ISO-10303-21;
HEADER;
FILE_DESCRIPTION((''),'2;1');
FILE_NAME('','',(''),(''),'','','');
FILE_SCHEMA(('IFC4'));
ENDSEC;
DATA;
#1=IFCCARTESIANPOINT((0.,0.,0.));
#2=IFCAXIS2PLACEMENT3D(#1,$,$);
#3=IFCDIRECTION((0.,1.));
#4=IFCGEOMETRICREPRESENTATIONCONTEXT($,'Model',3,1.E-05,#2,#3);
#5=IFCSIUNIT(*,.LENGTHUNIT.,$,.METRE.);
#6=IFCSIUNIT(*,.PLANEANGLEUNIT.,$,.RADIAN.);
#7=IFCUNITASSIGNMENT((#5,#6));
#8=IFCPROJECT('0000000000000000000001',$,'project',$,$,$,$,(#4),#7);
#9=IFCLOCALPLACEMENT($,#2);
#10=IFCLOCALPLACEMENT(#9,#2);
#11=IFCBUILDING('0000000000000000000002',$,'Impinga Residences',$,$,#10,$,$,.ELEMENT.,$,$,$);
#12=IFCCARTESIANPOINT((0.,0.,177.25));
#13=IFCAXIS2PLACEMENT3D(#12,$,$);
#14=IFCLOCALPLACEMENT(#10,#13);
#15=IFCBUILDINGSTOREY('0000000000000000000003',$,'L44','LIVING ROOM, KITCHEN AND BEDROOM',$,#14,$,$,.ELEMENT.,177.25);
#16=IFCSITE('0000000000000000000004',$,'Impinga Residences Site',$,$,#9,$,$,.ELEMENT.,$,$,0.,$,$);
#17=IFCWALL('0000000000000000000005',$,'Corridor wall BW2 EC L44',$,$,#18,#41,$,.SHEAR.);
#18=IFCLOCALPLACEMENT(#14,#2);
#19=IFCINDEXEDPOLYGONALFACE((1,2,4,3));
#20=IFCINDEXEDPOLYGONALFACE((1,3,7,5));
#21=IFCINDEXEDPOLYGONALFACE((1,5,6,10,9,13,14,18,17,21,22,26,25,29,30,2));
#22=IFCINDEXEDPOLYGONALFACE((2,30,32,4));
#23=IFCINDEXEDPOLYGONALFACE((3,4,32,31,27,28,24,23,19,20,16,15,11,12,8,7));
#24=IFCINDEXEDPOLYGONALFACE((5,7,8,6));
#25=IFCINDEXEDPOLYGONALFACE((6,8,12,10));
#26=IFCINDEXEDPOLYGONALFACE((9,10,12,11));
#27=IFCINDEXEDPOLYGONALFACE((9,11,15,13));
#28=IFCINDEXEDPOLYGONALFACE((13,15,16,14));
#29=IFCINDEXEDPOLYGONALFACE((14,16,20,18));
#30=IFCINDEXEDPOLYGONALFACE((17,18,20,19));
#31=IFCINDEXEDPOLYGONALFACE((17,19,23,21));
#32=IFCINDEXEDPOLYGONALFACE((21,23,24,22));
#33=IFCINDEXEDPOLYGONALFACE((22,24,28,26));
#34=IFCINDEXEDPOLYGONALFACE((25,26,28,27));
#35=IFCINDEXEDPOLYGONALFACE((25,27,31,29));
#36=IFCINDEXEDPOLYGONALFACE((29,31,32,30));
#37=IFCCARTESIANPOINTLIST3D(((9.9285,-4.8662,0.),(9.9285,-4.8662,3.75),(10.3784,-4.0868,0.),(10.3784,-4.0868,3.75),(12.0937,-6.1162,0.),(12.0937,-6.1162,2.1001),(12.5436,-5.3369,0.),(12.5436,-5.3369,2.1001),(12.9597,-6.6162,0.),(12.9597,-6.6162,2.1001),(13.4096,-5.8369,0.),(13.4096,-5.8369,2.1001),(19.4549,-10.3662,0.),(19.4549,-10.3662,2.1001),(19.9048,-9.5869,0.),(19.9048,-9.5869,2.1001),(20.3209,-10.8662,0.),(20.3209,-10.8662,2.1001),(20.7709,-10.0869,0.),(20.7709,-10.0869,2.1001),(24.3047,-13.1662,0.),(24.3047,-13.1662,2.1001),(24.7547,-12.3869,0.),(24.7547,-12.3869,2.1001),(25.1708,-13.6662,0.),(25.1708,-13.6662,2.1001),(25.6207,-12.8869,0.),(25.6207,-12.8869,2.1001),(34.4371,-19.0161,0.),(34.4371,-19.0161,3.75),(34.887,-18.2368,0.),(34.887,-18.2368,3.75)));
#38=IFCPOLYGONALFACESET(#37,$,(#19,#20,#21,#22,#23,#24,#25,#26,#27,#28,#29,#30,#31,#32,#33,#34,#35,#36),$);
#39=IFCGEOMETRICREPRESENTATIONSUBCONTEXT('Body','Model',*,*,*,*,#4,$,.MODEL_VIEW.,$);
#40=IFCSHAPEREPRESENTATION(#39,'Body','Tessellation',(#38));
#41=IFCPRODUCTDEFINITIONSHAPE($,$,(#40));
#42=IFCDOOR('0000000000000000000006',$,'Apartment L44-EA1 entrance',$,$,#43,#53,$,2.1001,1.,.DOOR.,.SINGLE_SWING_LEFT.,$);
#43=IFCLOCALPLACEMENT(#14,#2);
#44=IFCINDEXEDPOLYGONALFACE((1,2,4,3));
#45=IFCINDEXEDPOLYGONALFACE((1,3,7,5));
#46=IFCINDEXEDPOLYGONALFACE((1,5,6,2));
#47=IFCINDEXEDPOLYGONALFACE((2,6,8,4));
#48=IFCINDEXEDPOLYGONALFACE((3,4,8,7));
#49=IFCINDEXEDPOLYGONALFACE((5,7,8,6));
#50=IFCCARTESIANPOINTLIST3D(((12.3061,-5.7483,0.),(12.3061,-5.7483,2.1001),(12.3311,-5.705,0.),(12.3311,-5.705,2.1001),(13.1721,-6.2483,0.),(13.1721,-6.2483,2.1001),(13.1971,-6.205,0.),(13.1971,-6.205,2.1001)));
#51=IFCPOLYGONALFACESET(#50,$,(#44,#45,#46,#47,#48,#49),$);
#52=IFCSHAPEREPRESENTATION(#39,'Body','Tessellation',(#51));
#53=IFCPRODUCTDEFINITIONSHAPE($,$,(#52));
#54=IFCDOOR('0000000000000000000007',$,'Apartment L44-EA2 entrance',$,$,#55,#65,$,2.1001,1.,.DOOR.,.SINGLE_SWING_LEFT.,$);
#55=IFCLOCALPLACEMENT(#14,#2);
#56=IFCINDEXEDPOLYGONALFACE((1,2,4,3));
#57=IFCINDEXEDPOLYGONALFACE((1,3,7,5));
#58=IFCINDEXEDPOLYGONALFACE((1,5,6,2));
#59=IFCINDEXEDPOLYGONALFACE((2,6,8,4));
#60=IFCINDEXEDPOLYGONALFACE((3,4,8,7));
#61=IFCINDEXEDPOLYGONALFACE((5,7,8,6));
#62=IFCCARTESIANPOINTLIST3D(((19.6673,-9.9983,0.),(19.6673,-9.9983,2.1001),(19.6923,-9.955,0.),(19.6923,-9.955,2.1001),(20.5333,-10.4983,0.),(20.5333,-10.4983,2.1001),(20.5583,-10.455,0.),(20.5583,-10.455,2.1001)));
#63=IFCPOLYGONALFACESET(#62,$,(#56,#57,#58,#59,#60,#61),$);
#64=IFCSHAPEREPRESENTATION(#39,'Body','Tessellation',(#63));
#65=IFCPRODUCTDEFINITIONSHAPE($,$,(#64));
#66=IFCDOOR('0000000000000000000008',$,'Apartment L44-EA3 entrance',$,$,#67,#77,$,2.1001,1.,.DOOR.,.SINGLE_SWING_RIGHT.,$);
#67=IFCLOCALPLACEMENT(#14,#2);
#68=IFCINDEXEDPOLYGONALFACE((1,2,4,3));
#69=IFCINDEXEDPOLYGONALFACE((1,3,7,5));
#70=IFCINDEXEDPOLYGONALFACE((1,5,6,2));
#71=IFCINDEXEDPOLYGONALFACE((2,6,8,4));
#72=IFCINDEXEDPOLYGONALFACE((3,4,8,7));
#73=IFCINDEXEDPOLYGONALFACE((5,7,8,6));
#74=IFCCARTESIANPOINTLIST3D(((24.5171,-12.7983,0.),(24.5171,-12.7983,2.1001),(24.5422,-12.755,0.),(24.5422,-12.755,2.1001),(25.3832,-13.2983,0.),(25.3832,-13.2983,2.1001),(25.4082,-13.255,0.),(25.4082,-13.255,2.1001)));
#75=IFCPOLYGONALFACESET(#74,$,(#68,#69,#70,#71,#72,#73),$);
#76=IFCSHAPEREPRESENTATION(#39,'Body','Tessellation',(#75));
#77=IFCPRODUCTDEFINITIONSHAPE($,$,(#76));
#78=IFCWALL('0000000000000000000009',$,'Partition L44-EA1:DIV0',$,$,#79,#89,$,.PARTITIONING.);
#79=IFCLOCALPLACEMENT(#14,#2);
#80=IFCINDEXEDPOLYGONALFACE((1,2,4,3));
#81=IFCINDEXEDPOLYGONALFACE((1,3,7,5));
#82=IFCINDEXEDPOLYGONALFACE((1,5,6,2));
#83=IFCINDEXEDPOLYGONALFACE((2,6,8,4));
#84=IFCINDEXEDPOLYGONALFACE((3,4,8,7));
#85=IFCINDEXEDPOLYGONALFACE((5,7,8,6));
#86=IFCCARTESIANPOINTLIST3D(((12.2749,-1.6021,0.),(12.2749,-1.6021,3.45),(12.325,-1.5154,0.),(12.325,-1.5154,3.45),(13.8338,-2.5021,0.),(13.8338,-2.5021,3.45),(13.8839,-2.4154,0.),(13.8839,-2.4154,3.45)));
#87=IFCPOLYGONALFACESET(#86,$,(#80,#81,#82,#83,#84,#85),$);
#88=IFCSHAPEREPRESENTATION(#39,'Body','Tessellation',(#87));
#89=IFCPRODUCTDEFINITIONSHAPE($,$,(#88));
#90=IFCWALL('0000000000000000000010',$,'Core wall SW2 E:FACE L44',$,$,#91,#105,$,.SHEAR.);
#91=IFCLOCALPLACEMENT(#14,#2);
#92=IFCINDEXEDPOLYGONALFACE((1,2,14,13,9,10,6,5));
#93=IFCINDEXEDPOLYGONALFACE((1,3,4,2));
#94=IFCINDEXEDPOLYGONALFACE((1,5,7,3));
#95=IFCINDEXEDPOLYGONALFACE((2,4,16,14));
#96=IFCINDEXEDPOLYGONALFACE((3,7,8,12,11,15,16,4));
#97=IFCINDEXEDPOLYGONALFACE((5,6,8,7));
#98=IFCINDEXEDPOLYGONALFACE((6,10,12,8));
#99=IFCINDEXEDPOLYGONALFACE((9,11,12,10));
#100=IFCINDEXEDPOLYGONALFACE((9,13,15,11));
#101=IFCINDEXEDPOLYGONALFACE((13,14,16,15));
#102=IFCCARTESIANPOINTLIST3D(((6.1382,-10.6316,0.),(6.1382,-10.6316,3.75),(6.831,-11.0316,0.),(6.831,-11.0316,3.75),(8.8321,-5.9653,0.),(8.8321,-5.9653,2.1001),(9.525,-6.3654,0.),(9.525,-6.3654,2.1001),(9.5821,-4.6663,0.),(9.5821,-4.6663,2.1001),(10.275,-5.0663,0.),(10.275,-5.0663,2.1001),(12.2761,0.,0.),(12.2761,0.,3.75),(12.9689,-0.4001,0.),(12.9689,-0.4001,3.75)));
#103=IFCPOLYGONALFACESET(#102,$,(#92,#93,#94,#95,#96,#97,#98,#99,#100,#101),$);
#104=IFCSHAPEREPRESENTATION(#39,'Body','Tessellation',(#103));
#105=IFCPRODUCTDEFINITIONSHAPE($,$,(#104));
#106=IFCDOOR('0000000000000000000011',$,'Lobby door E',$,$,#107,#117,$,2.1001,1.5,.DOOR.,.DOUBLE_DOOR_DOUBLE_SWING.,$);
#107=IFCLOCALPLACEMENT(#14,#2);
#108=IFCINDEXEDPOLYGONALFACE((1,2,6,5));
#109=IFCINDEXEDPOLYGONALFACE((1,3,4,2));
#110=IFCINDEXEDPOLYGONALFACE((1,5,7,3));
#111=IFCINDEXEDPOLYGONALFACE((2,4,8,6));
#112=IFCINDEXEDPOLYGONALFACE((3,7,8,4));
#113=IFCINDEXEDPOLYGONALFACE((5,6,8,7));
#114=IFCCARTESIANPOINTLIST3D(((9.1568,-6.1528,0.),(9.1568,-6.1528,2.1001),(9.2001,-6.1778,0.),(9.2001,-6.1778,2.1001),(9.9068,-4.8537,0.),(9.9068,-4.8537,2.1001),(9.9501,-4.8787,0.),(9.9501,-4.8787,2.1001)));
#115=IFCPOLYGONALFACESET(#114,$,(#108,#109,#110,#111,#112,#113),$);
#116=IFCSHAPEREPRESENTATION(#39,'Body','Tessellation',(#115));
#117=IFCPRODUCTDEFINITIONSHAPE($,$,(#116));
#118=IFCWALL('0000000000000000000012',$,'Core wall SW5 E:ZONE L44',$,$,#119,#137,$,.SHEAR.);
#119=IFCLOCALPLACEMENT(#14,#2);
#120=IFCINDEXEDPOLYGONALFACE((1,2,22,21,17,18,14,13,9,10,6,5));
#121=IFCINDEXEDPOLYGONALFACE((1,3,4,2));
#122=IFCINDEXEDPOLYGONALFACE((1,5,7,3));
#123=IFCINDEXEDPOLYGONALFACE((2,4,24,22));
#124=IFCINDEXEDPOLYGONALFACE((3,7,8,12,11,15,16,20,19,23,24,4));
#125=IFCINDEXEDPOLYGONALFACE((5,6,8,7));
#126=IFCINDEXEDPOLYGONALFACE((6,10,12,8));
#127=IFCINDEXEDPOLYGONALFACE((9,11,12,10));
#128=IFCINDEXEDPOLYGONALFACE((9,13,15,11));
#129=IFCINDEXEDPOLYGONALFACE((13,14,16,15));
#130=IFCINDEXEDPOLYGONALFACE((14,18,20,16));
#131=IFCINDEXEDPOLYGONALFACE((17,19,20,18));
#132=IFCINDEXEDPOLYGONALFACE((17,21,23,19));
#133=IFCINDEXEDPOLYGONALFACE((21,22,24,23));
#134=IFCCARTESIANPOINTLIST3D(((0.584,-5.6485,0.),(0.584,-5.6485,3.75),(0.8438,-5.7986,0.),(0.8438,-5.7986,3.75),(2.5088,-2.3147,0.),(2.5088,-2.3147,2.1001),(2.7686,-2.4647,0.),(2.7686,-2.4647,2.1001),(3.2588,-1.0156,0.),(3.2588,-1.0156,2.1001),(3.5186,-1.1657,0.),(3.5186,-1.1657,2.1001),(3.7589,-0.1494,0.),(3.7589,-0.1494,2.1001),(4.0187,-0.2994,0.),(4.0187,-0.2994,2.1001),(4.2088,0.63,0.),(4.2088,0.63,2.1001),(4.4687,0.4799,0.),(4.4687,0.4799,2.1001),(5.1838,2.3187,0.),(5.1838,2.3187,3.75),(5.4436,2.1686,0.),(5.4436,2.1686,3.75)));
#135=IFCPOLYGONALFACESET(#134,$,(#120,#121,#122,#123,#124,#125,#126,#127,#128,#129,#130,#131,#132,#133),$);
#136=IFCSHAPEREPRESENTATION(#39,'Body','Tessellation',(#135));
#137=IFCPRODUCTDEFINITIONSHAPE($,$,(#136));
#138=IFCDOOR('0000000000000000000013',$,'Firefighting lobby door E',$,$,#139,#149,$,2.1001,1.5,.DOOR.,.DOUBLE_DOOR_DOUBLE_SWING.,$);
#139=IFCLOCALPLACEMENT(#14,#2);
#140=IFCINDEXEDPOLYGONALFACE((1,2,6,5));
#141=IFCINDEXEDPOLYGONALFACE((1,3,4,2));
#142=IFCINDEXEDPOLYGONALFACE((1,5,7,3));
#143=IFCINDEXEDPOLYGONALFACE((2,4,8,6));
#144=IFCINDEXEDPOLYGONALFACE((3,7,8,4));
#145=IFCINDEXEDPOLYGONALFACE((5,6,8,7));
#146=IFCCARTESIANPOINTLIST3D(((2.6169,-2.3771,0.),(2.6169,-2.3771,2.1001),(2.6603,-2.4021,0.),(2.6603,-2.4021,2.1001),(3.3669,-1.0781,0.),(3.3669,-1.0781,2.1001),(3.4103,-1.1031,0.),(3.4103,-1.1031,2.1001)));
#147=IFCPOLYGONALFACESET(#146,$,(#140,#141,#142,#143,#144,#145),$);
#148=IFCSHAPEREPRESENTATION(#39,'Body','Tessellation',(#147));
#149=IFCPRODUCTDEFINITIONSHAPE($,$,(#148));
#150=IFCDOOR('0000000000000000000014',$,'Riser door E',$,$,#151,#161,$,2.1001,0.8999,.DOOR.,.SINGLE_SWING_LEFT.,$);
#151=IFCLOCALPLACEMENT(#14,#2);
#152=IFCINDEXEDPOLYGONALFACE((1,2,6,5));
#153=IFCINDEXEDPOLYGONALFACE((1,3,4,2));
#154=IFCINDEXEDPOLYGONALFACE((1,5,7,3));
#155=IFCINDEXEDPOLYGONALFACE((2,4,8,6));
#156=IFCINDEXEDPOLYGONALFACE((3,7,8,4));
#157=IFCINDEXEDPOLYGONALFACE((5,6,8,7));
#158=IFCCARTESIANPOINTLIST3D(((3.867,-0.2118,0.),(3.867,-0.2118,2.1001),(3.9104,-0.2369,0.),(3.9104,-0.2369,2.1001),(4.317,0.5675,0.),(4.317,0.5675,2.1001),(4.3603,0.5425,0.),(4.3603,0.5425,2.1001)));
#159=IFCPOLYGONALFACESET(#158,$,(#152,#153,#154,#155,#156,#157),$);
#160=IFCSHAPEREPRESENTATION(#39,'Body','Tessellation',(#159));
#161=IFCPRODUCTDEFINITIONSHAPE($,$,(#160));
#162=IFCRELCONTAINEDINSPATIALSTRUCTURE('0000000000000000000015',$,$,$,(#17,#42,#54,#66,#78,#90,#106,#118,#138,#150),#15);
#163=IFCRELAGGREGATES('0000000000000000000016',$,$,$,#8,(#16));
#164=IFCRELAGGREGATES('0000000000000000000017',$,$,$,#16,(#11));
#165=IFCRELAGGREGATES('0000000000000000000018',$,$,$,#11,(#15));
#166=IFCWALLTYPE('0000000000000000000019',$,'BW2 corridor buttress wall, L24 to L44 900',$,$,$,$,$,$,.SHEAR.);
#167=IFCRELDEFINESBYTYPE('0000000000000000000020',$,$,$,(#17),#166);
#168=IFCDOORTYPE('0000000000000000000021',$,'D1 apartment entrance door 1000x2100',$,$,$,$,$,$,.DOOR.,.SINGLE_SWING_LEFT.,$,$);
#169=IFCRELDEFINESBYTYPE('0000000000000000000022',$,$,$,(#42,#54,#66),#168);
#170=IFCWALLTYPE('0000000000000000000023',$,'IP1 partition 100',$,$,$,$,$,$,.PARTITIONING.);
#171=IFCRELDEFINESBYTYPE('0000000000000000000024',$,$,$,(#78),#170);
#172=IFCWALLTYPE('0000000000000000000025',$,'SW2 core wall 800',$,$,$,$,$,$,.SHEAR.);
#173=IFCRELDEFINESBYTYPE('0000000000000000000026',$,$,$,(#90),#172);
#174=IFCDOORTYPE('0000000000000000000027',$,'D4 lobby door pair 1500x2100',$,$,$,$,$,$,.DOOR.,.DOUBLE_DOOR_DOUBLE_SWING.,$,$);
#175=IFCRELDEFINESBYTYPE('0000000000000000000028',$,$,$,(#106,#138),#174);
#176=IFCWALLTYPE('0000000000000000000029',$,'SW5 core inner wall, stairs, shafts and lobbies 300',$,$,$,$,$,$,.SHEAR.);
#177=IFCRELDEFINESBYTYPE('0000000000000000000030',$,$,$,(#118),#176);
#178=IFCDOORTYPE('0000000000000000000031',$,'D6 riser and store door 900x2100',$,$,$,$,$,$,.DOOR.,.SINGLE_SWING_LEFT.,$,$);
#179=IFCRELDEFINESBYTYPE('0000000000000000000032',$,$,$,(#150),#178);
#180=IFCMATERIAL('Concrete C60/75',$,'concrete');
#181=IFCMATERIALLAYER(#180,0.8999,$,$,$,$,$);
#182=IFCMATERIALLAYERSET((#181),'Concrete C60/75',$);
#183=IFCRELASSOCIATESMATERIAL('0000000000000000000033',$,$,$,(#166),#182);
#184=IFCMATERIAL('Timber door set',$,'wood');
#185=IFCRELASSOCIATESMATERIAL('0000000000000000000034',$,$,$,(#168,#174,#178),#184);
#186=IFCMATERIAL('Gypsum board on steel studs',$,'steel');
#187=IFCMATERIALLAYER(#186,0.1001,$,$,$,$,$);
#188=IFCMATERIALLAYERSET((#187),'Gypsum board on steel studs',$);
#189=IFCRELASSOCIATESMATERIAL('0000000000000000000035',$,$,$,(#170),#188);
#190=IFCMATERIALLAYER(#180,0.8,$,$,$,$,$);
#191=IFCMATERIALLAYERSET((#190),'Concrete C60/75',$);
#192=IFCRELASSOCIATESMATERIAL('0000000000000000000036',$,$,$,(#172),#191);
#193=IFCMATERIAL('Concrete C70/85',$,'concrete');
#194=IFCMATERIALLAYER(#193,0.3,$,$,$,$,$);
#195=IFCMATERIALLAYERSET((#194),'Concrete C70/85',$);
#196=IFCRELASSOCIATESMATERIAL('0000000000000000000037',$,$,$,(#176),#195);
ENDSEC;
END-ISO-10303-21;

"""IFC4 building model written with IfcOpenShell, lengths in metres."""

from ifc_helpers import new_model, si_unit, direction, frame, frame_2d, origin, place, context, subcontext, project, spatial, rectangle, extrude, material, layer, layer_set, type_object, element, fill, save


model = new_model("IFC4")

# Units and contexts
model_context = context("Model", 3, precision=1e-05, world=origin(), true_north=direction((0.0, 1.0)))
body_context = subcontext(model_context, "Body", "Model", "MODEL_VIEW")
ifc_project = project(units=[si_unit("LENGTHUNIT", "METRE"), si_unit("PLANEANGLEUNIT", "RADIAN")], contexts=[model_context])

# Site, building, storey
site_placement = place(None, origin())
site = spatial("IfcSite", under=ifc_project, at=site_placement, Name="Impinga Residences Site", CompositionType="ELEMENT", RefElevation=0.0)
building_placement = place(site_placement, origin())
building = spatial("IfcBuilding", under=site, at=building_placement, Name="Impinga Residences", CompositionType="ELEMENT")
storey_placement = place(building_placement, frame((0.0, 0.0, 177.25)))
storey = spatial("IfcBuildingStorey", under=building, at=storey_placement, Name="L44", Description="LIVING ROOM, KITCHEN AND BEDROOM", CompositionType="ELEMENT", Elevation=177.25)

# Wall, openings, doors
ifc_material_1 = material(Name="Concrete C60/75", Category="concrete")
ifc_layer_1 = layer(ifc_material_1, 0.8999)
ifc_layer_set_1 = layer_set([ifc_layer_1], Name="Concrete C60/75")
wall_type_1 = type_object("IfcWallType", Name="BW2 corridor buttress wall, L24 to L44 900", PredefinedType="SHEAR", material=ifc_layer_set_1)
wall_1_placement = place(storey_placement, frame((10.1536, -4.4766, 0.0), z_axis=(0.0, 0.0, 1.0), x_axis=(0.866027, -0.499997, 0.0)))
wall_1 = element("IfcWall", 1, at=wall_1_placement, inside=storey, type_object=wall_type_1, Name="Corridor wall BW2 EC L44", PredefinedType="SHEAR", context=body_context, shape_type="SweptSolid", body=[
    extrude(rectangle(XDim=28.3, YDim=0.8999, at=frame_2d((14.1499, 0.0))), origin(), (0.0, 0.0, 1.0), 3.75),
])
opening_1_placement = place(wall_1_placement, frame((2.5, 0.0, 0.0)))
opening_1 = element("IfcOpeningElement", 2, at=opening_1_placement, cuts=wall_1, PredefinedType="OPENING", context=body_context, shape_type="SweptSolid", body=[
    extrude(rectangle(XDim=1.0, YDim=2.1001, at=frame_2d((0.5, 1.05))), frame((0.0, 0.46, 0.0), z_axis=(0.0, -1.0, 0.0), x_axis=(1.0, 0.0, 0.0)), (0.0, 0.0, 1.0), 0.9199),
])
opening_2_placement = place(wall_1_placement, frame((11.0, 0.0, 0.0)))
opening_2 = element("IfcOpeningElement", 3, at=opening_2_placement, cuts=wall_1, PredefinedType="OPENING", context=body_context, shape_type="SweptSolid", body=[
    extrude(rectangle(XDim=1.0, YDim=2.1001, at=frame_2d((0.5, 1.05))), frame((0.0, 0.46, 0.0), z_axis=(0.0, -1.0, 0.0), x_axis=(1.0, 0.0, 0.0)), (0.0, 0.0, 1.0), 0.9199),
])
opening_3_placement = place(wall_1_placement, frame((16.6001, 0.0, 0.0)))
opening_3 = element("IfcOpeningElement", 4, at=opening_3_placement, cuts=wall_1, PredefinedType="OPENING", context=body_context, shape_type="SweptSolid", body=[
    extrude(rectangle(XDim=1.0, YDim=2.1001, at=frame_2d((0.5, 1.05))), frame((0.0, 0.46, 0.0), z_axis=(0.0, -1.0, 0.0), x_axis=(1.0, 0.0, 0.0)), (0.0, 0.0, 1.0), 0.9199),
])
ifc_material_2 = material(Name="Timber door set", Category="wood")
door_type_1 = type_object("IfcDoorType", Name="D1 apartment entrance door 1000x2100", OperationType="SINGLE_SWING_LEFT", PredefinedType="DOOR", material=ifc_material_2)
door_1_placement = place(opening_1_placement, origin())
door_1 = element("IfcDoor", 5, at=door_1_placement, inside=storey, type_object=door_type_1, Name="Apartment L44-EA1 entrance", OperationType="SINGLE_SWING_LEFT", OverallHeight=2.1001, OverallWidth=1.0, PredefinedType="DOOR", context=body_context, shape_type="SweptSolid", body=[
    extrude(rectangle(XDim=1.0, YDim=2.1001, at=frame_2d((0.5, 1.05))), frame((0.0, 0.0249, 0.0), z_axis=(0.0, -1.0, 0.0), x_axis=(1.0, 0.0, 0.0)), (0.0, 0.0, 1.0), 0.05),
])
fill(opening_1, door_1)
door_2_placement = place(opening_2_placement, origin())
door_2 = element("IfcDoor", 6, at=door_2_placement, inside=storey, type_object=door_type_1, Name="Apartment L44-EA2 entrance", OperationType="SINGLE_SWING_LEFT", OverallHeight=2.1001, OverallWidth=1.0, PredefinedType="DOOR", context=body_context, shape_type="SweptSolid", body=[
    extrude(rectangle(XDim=1.0, YDim=2.1001, at=frame_2d((0.5, 1.05))), frame((0.0, 0.0249, 0.0), z_axis=(0.0, -1.0, 0.0), x_axis=(1.0, 0.0, 0.0)), (0.0, 0.0, 1.0), 0.05),
])
fill(opening_2, door_2)
door_3_placement = place(opening_3_placement, origin())
door_3 = element("IfcDoor", 7, at=door_3_placement, inside=storey, type_object=door_type_1, Name="Apartment L44-EA3 entrance", OperationType="SINGLE_SWING_RIGHT", OverallHeight=2.1001, OverallWidth=1.0, PredefinedType="DOOR", context=body_context, shape_type="SweptSolid", body=[
    extrude(rectangle(XDim=1.0, YDim=2.1001, at=frame_2d((0.5, 1.05))), frame((0.0, 0.0249, 0.0), z_axis=(0.0, -1.0, 0.0), x_axis=(1.0, 0.0, 0.0)), (0.0, 0.0, 1.0), 0.05),
])
fill(opening_3, door_3)

# Wall
ifc_material_3 = material(Name="Gypsum board on steel studs", Category="steel")
ifc_layer_2 = layer(ifc_material_3, 0.1001)
ifc_layer_set_2 = layer_set([ifc_layer_2], Name="Gypsum board on steel studs")
wall_type_2 = type_object("IfcWallType", Name="IP1 partition 100", PredefinedType="PARTITIONING", material=ifc_layer_set_2)
wall_2_placement = place(storey_placement, frame((12.3, -1.5588, 0.0), z_axis=(0.0, 0.0, 1.0), x_axis=(0.866048, -0.499961, 0.0)))
element("IfcWall", 8, at=wall_2_placement, inside=storey, type_object=wall_type_2, Name="Partition L44-EA1:DIV0", PredefinedType="PARTITIONING", context=body_context, shape_type="SweptSolid", body=[
    extrude(rectangle(XDim=1.8, YDim=0.1001, at=frame_2d((0.8999, 0.0))), origin(), (0.0, 0.0, 1.0), 3.45),
])

# Wall, opening, door
ifc_layer_3 = layer(ifc_material_1, 0.8)
ifc_layer_set_3 = layer_set([ifc_layer_3], Name="Concrete C60/75")
wall_type_3 = type_object("IfcWallType", Name="SW2 core wall 800", PredefinedType="SHEAR", material=ifc_layer_set_3)
wall_3_placement = place(storey_placement, frame((12.6226, -0.2, 0.0), z_axis=(0.0, 0.0, 1.0), x_axis=(-0.499987, -0.866033, 0.0)))
wall_3 = element("IfcWall", 9, at=wall_3_placement, inside=storey, type_object=wall_type_3, Name="Core wall SW2 E:FACE L44", PredefinedType="SHEAR", context=body_context, shape_type="SweptSolid", body=[
    extrude(rectangle(XDim=12.2761, YDim=0.8, at=frame_2d((6.1382, 0.0))), origin(), (0.0, 0.0, 1.0), 3.75),
])
opening_4_placement = place(wall_3_placement, frame((5.3882, 0.0, 0.0)))
opening_4 = element("IfcOpeningElement", 10, at=opening_4_placement, cuts=wall_3, PredefinedType="OPENING", context=body_context, shape_type="SweptSolid", body=[
    extrude(rectangle(XDim=1.5, YDim=2.1001, at=frame_2d((0.75, 1.05))), frame((0.0, 0.4099, 0.0), z_axis=(0.0, -1.0, 0.0), x_axis=(1.0, 0.0, 0.0)), (0.0, 0.0, 1.0), 0.8201),
])
door_type_2 = type_object("IfcDoorType", Name="D4 lobby door pair 1500x2100", OperationType="DOUBLE_DOOR_DOUBLE_SWING", PredefinedType="DOOR", material=ifc_material_2)
door_4_placement = place(opening_4_placement, origin())
door_4 = element("IfcDoor", 11, at=door_4_placement, inside=storey, type_object=door_type_2, Name="Lobby door E", OperationType="DOUBLE_DOOR_DOUBLE_SWING", OverallHeight=2.1001, OverallWidth=1.5, PredefinedType="DOOR", context=body_context, shape_type="SweptSolid", body=[
    extrude(rectangle(XDim=1.5, YDim=2.1001, at=frame_2d((0.75, 1.05))), frame((0.0, 0.0249, 0.0), z_axis=(0.0, -1.0, 0.0), x_axis=(1.0, 0.0, 0.0)), (0.0, 0.0, 1.0), 0.05),
])
fill(opening_4, door_4)

# Wall, openings, doors
ifc_material_4 = material(Name="Concrete C70/85", Category="concrete")
ifc_layer_4 = layer(ifc_material_4, 0.3)
ifc_layer_set_4 = layer_set([ifc_layer_4], Name="Concrete C70/85")
wall_type_4 = type_object("IfcWallType", Name="SW5 core inner wall, stairs, shafts and lobbies 300", PredefinedType="SHEAR", material=ifc_layer_set_4)
wall_4_placement = place(storey_placement, frame((5.3137, 2.2437, 0.0), z_axis=(0.0, 0.0, 1.0), x_axis=(-0.499995, -0.866028, 0.0)))
wall_4 = element("IfcWall", 12, at=wall_4_placement, inside=storey, type_object=wall_type_4, Name="Core wall SW5 E:ZONE L44", PredefinedType="SHEAR", context=body_context, shape_type="SweptSolid", body=[
    extrude(rectangle(XDim=9.1997, YDim=0.3, at=frame_2d((4.5999, 0.0))), origin(), (0.0, 0.0, 1.0), 3.75),
])
opening_5_placement = place(wall_4_placement, frame((3.8501, 0.0, 0.0)))
opening_5 = element("IfcOpeningElement", 13, at=opening_5_placement, cuts=wall_4, PredefinedType="OPENING", context=body_context, shape_type="SweptSolid", body=[
    extrude(rectangle(XDim=1.5, YDim=2.1001, at=frame_2d((0.75, 1.05))), frame((0.0, 0.1599, 0.0), z_axis=(0.0, -1.0, 0.0), x_axis=(1.0, 0.0, 0.0)), (0.0, 0.0, 1.0), 0.3201),
])
opening_6_placement = place(wall_4_placement, frame((1.95, 0.0, 0.0)))
opening_6 = element("IfcOpeningElement", 14, at=opening_6_placement, cuts=wall_4, PredefinedType="OPENING", context=body_context, shape_type="SweptSolid", body=[
    extrude(rectangle(XDim=0.8999, YDim=2.1001, at=frame_2d((0.45, 1.05))), frame((0.0, 0.1599, 0.0), z_axis=(0.0, -1.0, 0.0), x_axis=(1.0, 0.0, 0.0)), (0.0, 0.0, 1.0), 0.3201),
])
door_5_placement = place(opening_5_placement, origin())
door_5 = element("IfcDoor", 15, at=door_5_placement, inside=storey, type_object=door_type_2, Name="Firefighting lobby door E", OperationType="DOUBLE_DOOR_DOUBLE_SWING", OverallHeight=2.1001, OverallWidth=1.5, PredefinedType="DOOR", context=body_context, shape_type="SweptSolid", body=[
    extrude(rectangle(XDim=1.5, YDim=2.1001, at=frame_2d((0.75, 1.05))), frame((0.0, 0.0249, 0.0), z_axis=(0.0, -1.0, 0.0), x_axis=(1.0, 0.0, 0.0)), (0.0, 0.0, 1.0), 0.05),
])
fill(opening_5, door_5)
door_type_3 = type_object("IfcDoorType", Name="D6 riser and store door 900x2100", OperationType="SINGLE_SWING_LEFT", PredefinedType="DOOR", material=ifc_material_2)
door_6_placement = place(opening_6_placement, origin())
door_6 = element("IfcDoor", 16, at=door_6_placement, inside=storey, type_object=door_type_3, Name="Riser door E", OperationType="SINGLE_SWING_LEFT", OverallHeight=2.1001, OverallWidth=0.8999, PredefinedType="DOOR", context=body_context, shape_type="SweptSolid", body=[
    extrude(rectangle(XDim=0.8999, YDim=2.1001, at=frame_2d((0.45, 1.05))), frame((0.0, 0.0249, 0.0), z_axis=(0.0, -1.0, 0.0), x_axis=(1.0, 0.0, 0.0)), (0.0, 0.0, 1.0), 0.05),
])
fill(opening_6, door_6)

save(model, "model.ifc")
